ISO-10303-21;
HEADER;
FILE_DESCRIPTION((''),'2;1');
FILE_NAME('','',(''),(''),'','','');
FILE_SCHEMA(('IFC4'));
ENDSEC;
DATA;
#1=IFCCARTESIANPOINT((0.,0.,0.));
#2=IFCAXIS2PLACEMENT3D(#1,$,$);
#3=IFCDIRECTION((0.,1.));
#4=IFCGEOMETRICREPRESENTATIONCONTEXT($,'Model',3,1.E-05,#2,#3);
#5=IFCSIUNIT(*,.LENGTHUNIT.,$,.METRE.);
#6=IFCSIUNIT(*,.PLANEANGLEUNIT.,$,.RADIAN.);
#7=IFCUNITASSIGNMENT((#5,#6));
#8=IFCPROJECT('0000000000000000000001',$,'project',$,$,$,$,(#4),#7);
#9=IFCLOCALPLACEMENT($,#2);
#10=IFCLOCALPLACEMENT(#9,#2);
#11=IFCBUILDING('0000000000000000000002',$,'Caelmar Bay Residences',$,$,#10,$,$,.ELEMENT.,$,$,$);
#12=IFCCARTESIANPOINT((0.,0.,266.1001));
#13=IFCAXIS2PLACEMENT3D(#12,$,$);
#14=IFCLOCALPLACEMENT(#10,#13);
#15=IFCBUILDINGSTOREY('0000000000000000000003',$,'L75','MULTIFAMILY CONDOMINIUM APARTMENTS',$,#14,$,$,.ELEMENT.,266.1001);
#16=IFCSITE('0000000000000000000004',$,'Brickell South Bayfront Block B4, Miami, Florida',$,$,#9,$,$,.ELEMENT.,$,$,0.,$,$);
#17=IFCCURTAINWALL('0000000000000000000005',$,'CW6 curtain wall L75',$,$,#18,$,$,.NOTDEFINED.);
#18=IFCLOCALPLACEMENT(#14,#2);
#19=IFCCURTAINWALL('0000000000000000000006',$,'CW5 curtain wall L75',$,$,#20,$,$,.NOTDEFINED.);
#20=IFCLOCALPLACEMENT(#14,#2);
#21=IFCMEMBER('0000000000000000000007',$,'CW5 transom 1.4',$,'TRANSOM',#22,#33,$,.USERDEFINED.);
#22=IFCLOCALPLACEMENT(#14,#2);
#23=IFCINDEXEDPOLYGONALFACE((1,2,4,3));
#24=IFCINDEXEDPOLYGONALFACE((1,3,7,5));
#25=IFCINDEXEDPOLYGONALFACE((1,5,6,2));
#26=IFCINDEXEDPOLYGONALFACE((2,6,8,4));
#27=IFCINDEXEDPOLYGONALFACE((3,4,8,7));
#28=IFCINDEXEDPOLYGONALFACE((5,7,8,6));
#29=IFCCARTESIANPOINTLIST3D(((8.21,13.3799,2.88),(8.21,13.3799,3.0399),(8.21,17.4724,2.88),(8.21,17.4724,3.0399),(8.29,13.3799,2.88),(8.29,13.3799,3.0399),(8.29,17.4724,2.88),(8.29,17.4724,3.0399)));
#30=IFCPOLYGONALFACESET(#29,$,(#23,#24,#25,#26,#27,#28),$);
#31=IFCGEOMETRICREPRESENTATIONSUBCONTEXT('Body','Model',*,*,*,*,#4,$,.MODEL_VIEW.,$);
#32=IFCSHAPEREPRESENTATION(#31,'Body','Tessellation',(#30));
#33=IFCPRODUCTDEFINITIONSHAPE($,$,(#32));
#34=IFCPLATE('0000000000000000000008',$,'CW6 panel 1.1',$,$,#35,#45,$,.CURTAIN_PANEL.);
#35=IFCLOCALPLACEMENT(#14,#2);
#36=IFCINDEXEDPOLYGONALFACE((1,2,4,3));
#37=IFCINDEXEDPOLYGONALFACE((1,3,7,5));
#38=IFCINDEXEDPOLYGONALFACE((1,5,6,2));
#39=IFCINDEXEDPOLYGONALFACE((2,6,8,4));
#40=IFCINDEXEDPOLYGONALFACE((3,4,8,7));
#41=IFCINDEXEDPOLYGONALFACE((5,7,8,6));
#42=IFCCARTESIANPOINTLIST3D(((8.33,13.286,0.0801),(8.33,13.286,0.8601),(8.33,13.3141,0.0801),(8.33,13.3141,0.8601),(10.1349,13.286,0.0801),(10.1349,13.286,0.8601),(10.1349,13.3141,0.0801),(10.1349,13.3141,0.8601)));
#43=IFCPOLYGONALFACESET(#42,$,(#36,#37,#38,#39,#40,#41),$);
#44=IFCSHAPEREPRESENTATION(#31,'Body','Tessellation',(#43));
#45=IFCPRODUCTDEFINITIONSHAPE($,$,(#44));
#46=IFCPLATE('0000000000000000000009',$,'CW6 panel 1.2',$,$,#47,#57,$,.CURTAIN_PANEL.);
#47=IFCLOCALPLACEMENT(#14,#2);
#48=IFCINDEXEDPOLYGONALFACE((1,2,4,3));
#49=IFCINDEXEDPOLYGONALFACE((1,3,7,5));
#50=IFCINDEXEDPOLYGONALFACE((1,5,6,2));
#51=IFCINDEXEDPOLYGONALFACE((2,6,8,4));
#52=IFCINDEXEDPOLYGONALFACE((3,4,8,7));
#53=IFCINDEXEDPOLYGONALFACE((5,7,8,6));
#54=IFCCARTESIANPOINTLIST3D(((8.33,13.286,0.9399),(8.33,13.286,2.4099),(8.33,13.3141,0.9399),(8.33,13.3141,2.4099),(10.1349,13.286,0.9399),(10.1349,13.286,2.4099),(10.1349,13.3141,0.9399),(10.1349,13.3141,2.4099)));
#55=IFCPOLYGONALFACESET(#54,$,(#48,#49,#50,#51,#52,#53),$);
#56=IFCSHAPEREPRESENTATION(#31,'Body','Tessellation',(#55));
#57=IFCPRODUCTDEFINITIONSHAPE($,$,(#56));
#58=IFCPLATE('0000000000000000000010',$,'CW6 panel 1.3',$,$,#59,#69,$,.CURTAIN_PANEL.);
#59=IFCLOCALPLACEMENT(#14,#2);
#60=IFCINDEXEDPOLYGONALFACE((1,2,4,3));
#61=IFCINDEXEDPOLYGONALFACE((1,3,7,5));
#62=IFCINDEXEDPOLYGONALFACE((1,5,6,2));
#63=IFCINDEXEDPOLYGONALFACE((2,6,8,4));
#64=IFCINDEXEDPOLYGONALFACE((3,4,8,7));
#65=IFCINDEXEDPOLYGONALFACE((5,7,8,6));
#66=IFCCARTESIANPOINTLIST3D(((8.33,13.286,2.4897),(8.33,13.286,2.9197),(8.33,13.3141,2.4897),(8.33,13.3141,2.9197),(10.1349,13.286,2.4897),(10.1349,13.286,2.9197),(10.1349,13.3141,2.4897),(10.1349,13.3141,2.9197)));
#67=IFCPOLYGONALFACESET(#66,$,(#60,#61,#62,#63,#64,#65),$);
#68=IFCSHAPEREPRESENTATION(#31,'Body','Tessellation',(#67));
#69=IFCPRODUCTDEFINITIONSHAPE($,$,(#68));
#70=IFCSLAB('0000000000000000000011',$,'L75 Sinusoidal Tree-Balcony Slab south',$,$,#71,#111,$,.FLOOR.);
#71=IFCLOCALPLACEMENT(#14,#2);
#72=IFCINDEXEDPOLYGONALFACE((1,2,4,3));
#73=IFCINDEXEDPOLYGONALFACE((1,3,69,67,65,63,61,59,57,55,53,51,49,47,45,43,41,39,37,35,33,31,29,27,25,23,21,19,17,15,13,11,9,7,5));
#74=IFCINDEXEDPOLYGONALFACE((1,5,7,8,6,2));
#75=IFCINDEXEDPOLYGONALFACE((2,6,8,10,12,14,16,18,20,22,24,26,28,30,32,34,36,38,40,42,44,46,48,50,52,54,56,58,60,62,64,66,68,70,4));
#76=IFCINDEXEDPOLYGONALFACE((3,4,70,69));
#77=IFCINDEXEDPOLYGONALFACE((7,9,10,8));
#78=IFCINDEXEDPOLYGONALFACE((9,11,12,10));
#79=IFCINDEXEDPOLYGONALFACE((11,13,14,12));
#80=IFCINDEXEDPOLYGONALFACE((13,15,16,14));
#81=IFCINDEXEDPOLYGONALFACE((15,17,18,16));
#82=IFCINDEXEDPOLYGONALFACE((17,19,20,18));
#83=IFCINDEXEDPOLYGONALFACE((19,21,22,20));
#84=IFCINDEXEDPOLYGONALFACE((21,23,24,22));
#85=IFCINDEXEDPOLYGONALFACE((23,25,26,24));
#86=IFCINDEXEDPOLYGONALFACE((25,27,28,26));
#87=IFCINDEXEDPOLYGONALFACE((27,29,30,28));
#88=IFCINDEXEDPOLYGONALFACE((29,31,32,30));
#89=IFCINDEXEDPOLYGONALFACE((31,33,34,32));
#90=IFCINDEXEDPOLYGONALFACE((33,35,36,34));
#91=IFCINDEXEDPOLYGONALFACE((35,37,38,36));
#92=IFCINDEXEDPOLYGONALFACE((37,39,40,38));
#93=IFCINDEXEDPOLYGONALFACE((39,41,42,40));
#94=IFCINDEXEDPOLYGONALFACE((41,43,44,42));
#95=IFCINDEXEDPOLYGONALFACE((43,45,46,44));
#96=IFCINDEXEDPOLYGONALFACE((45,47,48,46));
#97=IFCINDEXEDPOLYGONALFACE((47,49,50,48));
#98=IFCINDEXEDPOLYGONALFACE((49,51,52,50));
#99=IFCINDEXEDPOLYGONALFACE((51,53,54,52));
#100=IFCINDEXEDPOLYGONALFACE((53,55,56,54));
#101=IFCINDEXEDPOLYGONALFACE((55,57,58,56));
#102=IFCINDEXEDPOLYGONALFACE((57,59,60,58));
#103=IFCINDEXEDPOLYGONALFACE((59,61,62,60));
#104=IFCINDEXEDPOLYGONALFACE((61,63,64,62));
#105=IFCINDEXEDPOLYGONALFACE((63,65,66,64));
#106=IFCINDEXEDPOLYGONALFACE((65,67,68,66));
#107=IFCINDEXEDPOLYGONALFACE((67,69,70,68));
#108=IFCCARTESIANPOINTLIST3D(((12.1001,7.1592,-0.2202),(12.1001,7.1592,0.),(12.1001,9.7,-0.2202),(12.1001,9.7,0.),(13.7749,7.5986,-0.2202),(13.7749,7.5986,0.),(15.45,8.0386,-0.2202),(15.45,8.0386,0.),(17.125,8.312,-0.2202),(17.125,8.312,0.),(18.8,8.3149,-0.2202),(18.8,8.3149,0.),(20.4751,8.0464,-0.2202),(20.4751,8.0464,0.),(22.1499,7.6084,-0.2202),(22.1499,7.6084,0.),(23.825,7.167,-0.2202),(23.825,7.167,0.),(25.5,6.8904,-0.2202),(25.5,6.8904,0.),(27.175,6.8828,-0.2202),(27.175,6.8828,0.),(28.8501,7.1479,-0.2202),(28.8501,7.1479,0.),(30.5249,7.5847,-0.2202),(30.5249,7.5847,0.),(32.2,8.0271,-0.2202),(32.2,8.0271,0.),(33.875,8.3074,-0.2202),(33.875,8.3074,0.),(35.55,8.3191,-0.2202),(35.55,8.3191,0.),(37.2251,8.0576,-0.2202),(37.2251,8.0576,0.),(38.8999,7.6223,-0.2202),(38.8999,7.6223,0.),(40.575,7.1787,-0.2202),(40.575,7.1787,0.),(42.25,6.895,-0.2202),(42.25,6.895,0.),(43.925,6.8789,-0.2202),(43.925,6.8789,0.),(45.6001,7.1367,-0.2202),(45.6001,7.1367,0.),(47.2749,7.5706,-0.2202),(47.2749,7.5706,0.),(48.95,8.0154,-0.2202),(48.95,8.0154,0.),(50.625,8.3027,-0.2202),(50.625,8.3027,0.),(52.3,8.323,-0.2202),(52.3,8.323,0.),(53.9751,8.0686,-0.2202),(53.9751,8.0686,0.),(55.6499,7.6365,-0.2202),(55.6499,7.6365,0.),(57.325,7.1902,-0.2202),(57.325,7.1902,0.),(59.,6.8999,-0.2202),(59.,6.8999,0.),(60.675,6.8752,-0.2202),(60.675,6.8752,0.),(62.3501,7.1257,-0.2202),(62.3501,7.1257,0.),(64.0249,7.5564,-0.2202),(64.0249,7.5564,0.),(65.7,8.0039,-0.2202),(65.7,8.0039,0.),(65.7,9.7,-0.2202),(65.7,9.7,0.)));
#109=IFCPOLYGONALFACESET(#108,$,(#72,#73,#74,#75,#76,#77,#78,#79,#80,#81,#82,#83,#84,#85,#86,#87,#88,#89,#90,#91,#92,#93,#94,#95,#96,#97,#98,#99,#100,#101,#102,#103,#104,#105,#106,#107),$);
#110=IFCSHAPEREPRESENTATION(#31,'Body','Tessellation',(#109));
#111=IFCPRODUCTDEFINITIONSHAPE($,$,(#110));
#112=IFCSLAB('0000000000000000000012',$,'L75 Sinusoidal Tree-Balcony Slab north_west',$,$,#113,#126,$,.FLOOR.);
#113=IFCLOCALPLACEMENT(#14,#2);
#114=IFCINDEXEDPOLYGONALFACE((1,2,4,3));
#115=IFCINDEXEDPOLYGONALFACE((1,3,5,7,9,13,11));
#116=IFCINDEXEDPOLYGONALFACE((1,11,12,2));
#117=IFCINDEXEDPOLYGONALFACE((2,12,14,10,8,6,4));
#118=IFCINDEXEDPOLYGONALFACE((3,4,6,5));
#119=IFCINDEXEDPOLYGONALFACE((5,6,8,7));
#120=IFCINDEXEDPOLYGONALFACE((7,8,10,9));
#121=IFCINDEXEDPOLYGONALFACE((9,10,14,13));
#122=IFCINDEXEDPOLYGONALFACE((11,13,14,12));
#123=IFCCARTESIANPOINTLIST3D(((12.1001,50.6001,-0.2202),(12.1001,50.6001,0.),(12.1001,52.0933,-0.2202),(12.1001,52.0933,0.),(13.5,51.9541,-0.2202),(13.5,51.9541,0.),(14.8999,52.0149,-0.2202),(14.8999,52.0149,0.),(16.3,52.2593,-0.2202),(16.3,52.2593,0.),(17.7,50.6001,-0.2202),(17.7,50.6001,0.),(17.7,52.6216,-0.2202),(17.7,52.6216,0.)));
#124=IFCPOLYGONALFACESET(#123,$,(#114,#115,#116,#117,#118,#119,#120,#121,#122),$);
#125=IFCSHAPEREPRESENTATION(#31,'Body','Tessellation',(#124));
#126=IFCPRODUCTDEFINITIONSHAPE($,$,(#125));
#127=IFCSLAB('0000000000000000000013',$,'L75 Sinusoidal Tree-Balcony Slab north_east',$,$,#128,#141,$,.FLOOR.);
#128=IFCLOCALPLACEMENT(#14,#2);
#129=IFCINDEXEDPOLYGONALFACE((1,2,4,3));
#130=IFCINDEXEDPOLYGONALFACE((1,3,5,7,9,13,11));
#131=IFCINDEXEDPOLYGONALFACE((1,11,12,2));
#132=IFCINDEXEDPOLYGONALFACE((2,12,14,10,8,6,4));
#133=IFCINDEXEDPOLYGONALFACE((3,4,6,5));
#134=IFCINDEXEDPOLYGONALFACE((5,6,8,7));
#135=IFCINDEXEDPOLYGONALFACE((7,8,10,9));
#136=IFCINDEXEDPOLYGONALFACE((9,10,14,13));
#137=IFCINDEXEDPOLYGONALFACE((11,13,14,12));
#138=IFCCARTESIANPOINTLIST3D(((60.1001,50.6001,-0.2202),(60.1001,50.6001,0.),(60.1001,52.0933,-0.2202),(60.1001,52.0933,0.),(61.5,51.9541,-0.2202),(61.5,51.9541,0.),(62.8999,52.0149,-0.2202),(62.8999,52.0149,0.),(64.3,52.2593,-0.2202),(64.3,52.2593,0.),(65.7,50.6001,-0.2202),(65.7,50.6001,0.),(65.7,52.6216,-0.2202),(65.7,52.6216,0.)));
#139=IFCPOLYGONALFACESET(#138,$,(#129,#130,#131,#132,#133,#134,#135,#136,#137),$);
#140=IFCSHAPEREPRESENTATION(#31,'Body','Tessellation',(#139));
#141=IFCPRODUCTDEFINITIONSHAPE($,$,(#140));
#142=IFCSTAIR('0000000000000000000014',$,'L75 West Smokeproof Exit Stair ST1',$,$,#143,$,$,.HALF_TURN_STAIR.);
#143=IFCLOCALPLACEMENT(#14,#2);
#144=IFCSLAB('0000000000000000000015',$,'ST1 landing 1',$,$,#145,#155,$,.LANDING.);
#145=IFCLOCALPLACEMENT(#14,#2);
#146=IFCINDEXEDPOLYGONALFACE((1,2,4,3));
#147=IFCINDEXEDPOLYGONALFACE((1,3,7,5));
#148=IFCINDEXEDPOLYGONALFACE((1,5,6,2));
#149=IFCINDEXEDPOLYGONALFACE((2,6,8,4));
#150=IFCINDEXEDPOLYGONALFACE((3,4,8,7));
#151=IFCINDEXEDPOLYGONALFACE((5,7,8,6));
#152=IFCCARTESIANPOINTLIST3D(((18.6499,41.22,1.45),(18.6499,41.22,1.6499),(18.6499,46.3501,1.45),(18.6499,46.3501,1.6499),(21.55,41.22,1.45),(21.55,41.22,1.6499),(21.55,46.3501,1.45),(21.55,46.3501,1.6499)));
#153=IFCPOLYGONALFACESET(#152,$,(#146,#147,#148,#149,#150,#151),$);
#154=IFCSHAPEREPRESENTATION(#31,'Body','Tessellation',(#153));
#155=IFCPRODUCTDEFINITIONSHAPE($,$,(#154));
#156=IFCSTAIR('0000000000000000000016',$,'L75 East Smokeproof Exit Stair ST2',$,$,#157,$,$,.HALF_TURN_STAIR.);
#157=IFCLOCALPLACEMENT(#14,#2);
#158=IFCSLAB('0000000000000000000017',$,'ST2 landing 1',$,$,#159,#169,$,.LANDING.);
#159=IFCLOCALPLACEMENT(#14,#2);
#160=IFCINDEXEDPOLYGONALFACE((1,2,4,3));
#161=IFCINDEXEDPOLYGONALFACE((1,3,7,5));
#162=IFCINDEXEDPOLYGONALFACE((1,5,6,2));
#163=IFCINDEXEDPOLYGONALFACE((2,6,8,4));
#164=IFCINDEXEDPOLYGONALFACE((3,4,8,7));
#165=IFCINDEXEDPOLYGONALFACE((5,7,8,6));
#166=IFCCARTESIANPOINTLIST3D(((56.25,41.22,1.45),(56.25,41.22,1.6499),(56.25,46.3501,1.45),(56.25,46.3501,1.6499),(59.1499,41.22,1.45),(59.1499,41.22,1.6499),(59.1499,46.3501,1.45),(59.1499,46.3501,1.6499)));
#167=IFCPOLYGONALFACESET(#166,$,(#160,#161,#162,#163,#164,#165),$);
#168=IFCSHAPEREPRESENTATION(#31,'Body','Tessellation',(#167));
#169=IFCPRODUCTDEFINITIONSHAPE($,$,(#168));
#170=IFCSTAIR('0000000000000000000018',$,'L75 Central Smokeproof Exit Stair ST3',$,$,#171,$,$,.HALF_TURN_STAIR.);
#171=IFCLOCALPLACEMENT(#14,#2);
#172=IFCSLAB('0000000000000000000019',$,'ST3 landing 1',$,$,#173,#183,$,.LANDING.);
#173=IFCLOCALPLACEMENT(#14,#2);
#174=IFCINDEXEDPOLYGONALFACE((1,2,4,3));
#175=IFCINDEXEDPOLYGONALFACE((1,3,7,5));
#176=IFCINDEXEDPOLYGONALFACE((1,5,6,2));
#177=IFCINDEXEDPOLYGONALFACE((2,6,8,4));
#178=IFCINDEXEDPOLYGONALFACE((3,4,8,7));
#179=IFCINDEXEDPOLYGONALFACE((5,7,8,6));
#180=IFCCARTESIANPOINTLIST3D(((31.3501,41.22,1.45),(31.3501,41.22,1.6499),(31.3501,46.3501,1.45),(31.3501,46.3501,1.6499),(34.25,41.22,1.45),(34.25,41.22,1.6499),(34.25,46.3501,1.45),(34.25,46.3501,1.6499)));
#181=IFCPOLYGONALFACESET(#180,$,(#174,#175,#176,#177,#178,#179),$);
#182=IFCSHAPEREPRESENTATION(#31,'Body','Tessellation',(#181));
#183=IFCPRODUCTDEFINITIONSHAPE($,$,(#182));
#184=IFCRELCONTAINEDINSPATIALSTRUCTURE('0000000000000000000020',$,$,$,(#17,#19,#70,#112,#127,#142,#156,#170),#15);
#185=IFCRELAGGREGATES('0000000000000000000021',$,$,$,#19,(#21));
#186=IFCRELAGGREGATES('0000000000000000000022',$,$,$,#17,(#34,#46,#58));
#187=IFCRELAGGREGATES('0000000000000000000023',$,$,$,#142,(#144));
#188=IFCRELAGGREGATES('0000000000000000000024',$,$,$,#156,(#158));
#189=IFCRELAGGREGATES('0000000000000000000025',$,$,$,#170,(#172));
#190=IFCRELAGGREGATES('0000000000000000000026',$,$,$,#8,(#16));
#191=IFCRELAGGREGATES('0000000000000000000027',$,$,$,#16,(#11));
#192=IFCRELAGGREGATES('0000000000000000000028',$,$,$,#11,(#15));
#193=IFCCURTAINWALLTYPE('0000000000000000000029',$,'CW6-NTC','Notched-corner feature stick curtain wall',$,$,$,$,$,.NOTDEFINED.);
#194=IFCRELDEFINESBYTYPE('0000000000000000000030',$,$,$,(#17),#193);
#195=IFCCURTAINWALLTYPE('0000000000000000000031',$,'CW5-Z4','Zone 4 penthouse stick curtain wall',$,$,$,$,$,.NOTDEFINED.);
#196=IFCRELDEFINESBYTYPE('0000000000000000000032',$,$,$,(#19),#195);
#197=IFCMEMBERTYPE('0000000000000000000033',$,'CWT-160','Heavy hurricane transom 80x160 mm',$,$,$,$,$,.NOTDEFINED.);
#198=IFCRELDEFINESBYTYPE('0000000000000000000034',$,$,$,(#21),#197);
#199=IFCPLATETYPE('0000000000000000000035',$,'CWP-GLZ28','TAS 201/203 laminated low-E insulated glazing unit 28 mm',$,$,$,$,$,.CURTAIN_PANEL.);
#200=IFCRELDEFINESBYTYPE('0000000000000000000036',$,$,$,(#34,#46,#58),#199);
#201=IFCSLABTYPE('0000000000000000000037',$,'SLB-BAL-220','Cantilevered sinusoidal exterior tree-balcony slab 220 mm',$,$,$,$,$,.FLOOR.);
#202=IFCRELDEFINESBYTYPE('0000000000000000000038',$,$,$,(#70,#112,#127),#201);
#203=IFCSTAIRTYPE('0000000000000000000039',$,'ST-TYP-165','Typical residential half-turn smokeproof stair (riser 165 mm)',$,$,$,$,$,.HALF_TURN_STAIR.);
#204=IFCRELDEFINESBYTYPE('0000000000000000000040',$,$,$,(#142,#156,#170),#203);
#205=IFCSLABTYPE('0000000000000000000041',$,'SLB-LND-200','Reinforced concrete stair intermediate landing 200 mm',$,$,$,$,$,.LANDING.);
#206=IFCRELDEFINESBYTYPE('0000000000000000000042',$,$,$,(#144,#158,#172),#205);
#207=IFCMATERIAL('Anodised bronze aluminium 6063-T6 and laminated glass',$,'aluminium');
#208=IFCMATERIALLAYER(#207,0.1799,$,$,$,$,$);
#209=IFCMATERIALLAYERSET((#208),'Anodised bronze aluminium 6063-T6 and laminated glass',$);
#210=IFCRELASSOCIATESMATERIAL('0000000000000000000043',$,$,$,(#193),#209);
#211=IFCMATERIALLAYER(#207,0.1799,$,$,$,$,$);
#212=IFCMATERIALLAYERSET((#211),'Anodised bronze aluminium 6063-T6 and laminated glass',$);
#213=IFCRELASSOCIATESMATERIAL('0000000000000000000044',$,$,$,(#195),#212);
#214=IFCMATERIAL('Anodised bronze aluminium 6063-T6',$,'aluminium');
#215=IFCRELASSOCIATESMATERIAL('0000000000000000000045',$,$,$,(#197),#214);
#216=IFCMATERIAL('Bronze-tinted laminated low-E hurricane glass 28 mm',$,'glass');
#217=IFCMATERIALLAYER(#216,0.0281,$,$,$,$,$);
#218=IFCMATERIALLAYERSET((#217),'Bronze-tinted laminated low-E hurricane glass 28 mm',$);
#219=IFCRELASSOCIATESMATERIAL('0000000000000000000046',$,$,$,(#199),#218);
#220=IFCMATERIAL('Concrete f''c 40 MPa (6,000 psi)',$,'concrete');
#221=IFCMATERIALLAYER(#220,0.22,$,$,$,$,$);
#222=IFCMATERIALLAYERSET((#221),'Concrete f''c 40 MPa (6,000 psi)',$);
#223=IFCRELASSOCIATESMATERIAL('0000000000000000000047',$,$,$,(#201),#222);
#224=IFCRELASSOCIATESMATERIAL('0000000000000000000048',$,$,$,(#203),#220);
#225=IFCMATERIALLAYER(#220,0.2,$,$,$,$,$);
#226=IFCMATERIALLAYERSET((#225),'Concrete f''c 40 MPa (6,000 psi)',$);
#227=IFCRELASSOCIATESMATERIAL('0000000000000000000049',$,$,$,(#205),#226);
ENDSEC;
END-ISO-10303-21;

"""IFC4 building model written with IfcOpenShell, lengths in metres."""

from ifc_helpers import new_model, si_unit, direction, frame, origin, origin_2d, place, context, subcontext, project, spatial, polyline, rectangle, outline, extrude, material, layer, layer_set, material_profile, profile_set, type_object, element, aggregate, save


model = new_model("IFC4")

# Units and contexts
model_context = context("Model", 3, precision=1e-05, world=origin(), true_north=direction((0.0, 1.0)))
body_context = subcontext(model_context, "Body", "Model", "MODEL_VIEW")
ifc_project = project(units=[si_unit("LENGTHUNIT", "METRE"), si_unit("PLANEANGLEUNIT", "RADIAN")], contexts=[model_context])

# Site, building, storey
site_placement = place(None, origin())
site = spatial("IfcSite", under=ifc_project, at=site_placement, Name="Brickell South Bayfront Block B4, Miami, Florida", CompositionType="ELEMENT", RefElevation=0.0)
building_placement = place(site_placement, origin())
building = spatial("IfcBuilding", under=site, at=building_placement, Name="Caelmar Bay Residences", CompositionType="ELEMENT")
storey_placement = place(building_placement, frame((0.0, 0.0, 266.1001)))
storey = spatial("IfcBuildingStorey", under=building, at=storey_placement, Name="L75", Description="MULTIFAMILY CONDOMINIUM APARTMENTS", CompositionType="ELEMENT", Elevation=266.1001)

# Curtain wall
ifc_material_1 = material(Name="Anodised bronze aluminium 6063-T6 and laminated glass", Category="aluminium")
ifc_layer_1 = layer(ifc_material_1, 0.1799)
ifc_layer_set_1 = layer_set([ifc_layer_1], Name="Anodised bronze aluminium 6063-T6 and laminated glass")
curtain_wall_type_1 = type_object("IfcCurtainWallType", Name="CW6-NTC", Description="Notched-corner feature stick curtain wall", PredefinedType="NOTDEFINED", material=ifc_layer_set_1)
curtain_wall_1_placement = place(storey_placement, origin())
curtain_wall_1 = element("IfcCurtainWall", 1, at=curtain_wall_1_placement, inside=storey, type_object=curtain_wall_type_1, Name="CW6 curtain wall L75", PredefinedType="NOTDEFINED")
ifc_material_2 = material(Name="Anodised bronze aluminium 6063-T6", Category="aluminium")

# Curtain wall
ifc_layer_2 = layer(ifc_material_1, 0.1799)
ifc_layer_set_2 = layer_set([ifc_layer_2], Name="Anodised bronze aluminium 6063-T6 and laminated glass")
curtain_wall_type_2 = type_object("IfcCurtainWallType", Name="CW5-Z4", Description="Zone 4 penthouse stick curtain wall", PredefinedType="NOTDEFINED", material=ifc_layer_set_2)
curtain_wall_2_placement = place(storey_placement, origin())
curtain_wall_2 = element("IfcCurtainWall", 2, at=curtain_wall_2_placement, inside=storey, type_object=curtain_wall_type_2, Name="CW5 curtain wall L75", PredefinedType="NOTDEFINED")

# Member
ifc_material_profile_1 = material_profile(ifc_material_2, rectangle(XDim=0.0801, YDim=0.1599, at=origin_2d()), Name="CWT-80X160")
ifc_profile_set_1 = profile_set([ifc_material_profile_1], Name="Anodised bronze aluminium 6063-T6")
member_type_1 = type_object("IfcMemberType", Name="CWT-160", Description="Heavy hurricane transom 80x160 mm", PredefinedType="NOTDEFINED", material=ifc_profile_set_1)
member_1_placement = place(storey_placement, frame((8.25, 13.3799, 2.96), z_axis=(0.0, 1.0, 0.0), x_axis=(-1.0, 0.0, 0.0)))
member_1 = element("IfcMember", 3, at=member_1_placement, type_object=member_type_1, Name="CW5 transom 1.4", ObjectType="TRANSOM", PredefinedType="USERDEFINED", context=body_context, shape_type="SweptSolid", body=[
    extrude(rectangle(XDim=0.0801, YDim=0.1599, at=origin_2d()), origin(), (0.0, 0.0, 1.0), 4.0925),
])
aggregate(curtain_wall_2, [member_1])

# Plates
ifc_material_3 = material(Name="Bronze-tinted laminated low-E hurricane glass 28 mm", Category="glass")
ifc_layer_3 = layer(ifc_material_3, 0.0281)
ifc_layer_set_3 = layer_set([ifc_layer_3], Name="Bronze-tinted laminated low-E hurricane glass 28 mm")
plate_type = type_object("IfcPlateType", Name="CWP-GLZ28", Description="TAS 201/203 laminated low-E insulated glazing unit 28 mm", PredefinedType="CURTAIN_PANEL", material=ifc_layer_set_3)
plate_1_placement = place(storey_placement, frame((9.2324, 13.3, 0.0801), z_axis=(0.0, 0.0, 1.0), x_axis=(1.0, 0.0, 0.0)))
plate_1 = element("IfcPlate", 4, at=plate_1_placement, type_object=plate_type, Name="CW6 panel 1.1", PredefinedType="CURTAIN_PANEL", context=body_context, shape_type="SweptSolid", body=[
    extrude(rectangle(XDim=1.8049, YDim=0.0281, at=origin_2d()), origin(), (0.0, 0.0, 1.0), 0.78),
])
plate_2_placement = place(storey_placement, frame((9.2324, 13.3, 0.9399), z_axis=(0.0, 0.0, 1.0), x_axis=(1.0, 0.0, 0.0)))
plate_2 = element("IfcPlate", 5, at=plate_2_placement, type_object=plate_type, Name="CW6 panel 1.2", PredefinedType="CURTAIN_PANEL", context=body_context, shape_type="SweptSolid", body=[
    extrude(rectangle(XDim=1.8049, YDim=0.0281, at=origin_2d()), origin(), (0.0, 0.0, 1.0), 1.47),
])
plate_3_placement = place(storey_placement, frame((9.2324, 13.3, 2.4897), z_axis=(0.0, 0.0, 1.0), x_axis=(1.0, 0.0, 0.0)))
plate_3 = element("IfcPlate", 6, at=plate_3_placement, type_object=plate_type, Name="CW6 panel 1.3", PredefinedType="CURTAIN_PANEL", context=body_context, shape_type="SweptSolid", body=[
    extrude(rectangle(XDim=1.8049, YDim=0.0281, at=origin_2d()), origin(), (0.0, 0.0, 1.0), 0.4299),
])
aggregate(curtain_wall_1, [plate_1, plate_2, plate_3])

# Slabs
ifc_material_4 = material(Name="Concrete f'c 40 MPa (6,000 psi)", Category="concrete")
ifc_layer_4 = layer(ifc_material_4, 0.22)
ifc_layer_set_4 = layer_set([ifc_layer_4], Name="Concrete f'c 40 MPa (6,000 psi)")
slab_type_1 = type_object("IfcSlabType", Name="SLB-BAL-220", Description="Cantilevered sinusoidal exterior tree-balcony slab 220 mm", PredefinedType="FLOOR", material=ifc_layer_set_4)
slab_1_placement = place(storey_placement, frame((0.0, 0.0, -0.2202)))
element("IfcSlab", 7, at=slab_1_placement, inside=storey, type_object=slab_type_1, Name="L75 Sinusoidal Tree-Balcony Slab south", PredefinedType="FLOOR", context=body_context, shape_type="SweptSolid", body=[
    extrude(outline(polyline([(12.1001, 7.1592), (13.7749, 7.5986), (15.45, 8.0386), (17.125, 8.312), (18.8, 8.3149), (20.4751, 8.0464), (22.1499, 7.6084), (23.825, 7.167), (25.5, 6.8904), (27.175, 6.8828), (28.8501, 7.1479), (30.5249, 7.5847), (32.2, 8.0271), (33.875, 8.3074), (35.55, 8.3191), (37.2251, 8.0576), (38.8999, 7.6223), (40.575, 7.1787), (42.25, 6.895), (43.925, 6.8789), (45.6001, 7.1367), (47.2749, 7.5706), (48.95, 8.0154), (50.625, 8.3027), (52.3, 8.323), (53.9751, 8.0686), (55.6499, 7.6365), (57.325, 7.1902), (59.0, 6.8999), (60.675, 6.8752), (62.3501, 7.1257), (64.0249, 7.5564), (65.7, 8.0039), (65.7, 9.7), (12.1001, 9.7), (12.1001, 7.1592)])), origin(), (0.0, 0.0, 1.0), 0.2202),
])
slab_2_placement = place(storey_placement, frame((0.0, 0.0, -0.2202)))
element("IfcSlab", 8, at=slab_2_placement, inside=storey, type_object=slab_type_1, Name="L75 Sinusoidal Tree-Balcony Slab north_west", PredefinedType="FLOOR", context=body_context, shape_type="SweptSolid", body=[
    extrude(outline(polyline([(12.1001, 50.6001), (17.7, 50.6001), (17.7, 52.6216), (16.3, 52.2593), (14.8999, 52.0149), (13.5, 51.9541), (12.1001, 52.0933), (12.1001, 50.6001)])), origin(), (0.0, 0.0, 1.0), 0.2202),
])
slab_3_placement = place(storey_placement, frame((0.0, 0.0, -0.2202)))
element("IfcSlab", 9, at=slab_3_placement, inside=storey, type_object=slab_type_1, Name="L75 Sinusoidal Tree-Balcony Slab north_east", PredefinedType="FLOOR", context=body_context, shape_type="SweptSolid", body=[
    extrude(outline(polyline([(60.1001, 50.6001), (65.7, 50.6001), (65.7, 52.6216), (64.3, 52.2593), (62.8999, 52.0149), (61.5, 51.9541), (60.1001, 52.0933), (60.1001, 50.6001)])), origin(), (0.0, 0.0, 1.0), 0.2202),
])

# Stairs, slabs
stair_type = type_object("IfcStairType", Name="ST-TYP-165", Description="Typical residential half-turn smokeproof stair (riser 165 mm)", PredefinedType="HALF_TURN_STAIR", material=ifc_material_4)
stair_1_placement = place(storey_placement, origin())
stair_1 = element("IfcStair", 10, at=stair_1_placement, inside=storey, type_object=stair_type, Name="L75 West Smokeproof Exit Stair ST1", PredefinedType="HALF_TURN_STAIR")
ifc_layer_5 = layer(ifc_material_4, 0.2)
ifc_layer_set_5 = layer_set([ifc_layer_5], Name="Concrete f'c 40 MPa (6,000 psi)")
slab_type_2 = type_object("IfcSlabType", Name="SLB-LND-200", Description="Reinforced concrete stair intermediate landing 200 mm", PredefinedType="LANDING", material=ifc_layer_set_5)
slab_4_placement = place(storey_placement, frame((0.0, 0.0, 1.45)))
slab_4 = element("IfcSlab", 11, at=slab_4_placement, type_object=slab_type_2, Name="ST1 landing 1", PredefinedType="LANDING", context=body_context, shape_type="SweptSolid", body=[
    extrude(outline(polyline([(21.55, 41.22), (21.55, 46.3501), (18.6499, 46.3501), (18.6499, 41.22), (21.55, 41.22)])), origin(), (0.0, 0.0, 1.0), 0.2),
])
aggregate(stair_1, [slab_4])
stair_2_placement = place(storey_placement, origin())
stair_2 = element("IfcStair", 12, at=stair_2_placement, inside=storey, type_object=stair_type, Name="L75 East Smokeproof Exit Stair ST2", PredefinedType="HALF_TURN_STAIR")
slab_5_placement = place(storey_placement, frame((0.0, 0.0, 1.45)))
slab_5 = element("IfcSlab", 13, at=slab_5_placement, type_object=slab_type_2, Name="ST2 landing 1", PredefinedType="LANDING", context=body_context, shape_type="SweptSolid", body=[
    extrude(outline(polyline([(59.1499, 41.22), (59.1499, 46.3501), (56.25, 46.3501), (56.25, 41.22), (59.1499, 41.22)])), origin(), (0.0, 0.0, 1.0), 0.2),
])
aggregate(stair_2, [slab_5])
stair_3_placement = place(storey_placement, origin())
stair_3 = element("IfcStair", 14, at=stair_3_placement, inside=storey, type_object=stair_type, Name="L75 Central Smokeproof Exit Stair ST3", PredefinedType="HALF_TURN_STAIR")
slab_6_placement = place(storey_placement, frame((0.0, 0.0, 1.45)))
slab_6 = element("IfcSlab", 15, at=slab_6_placement, type_object=slab_type_2, Name="ST3 landing 1", PredefinedType="LANDING", context=body_context, shape_type="SweptSolid", body=[
    extrude(outline(polyline([(34.25, 41.22), (34.25, 46.3501), (31.3501, 46.3501), (31.3501, 41.22), (34.25, 41.22)])), origin(), (0.0, 0.0, 1.0), 0.2),
])
aggregate(stair_3, [slab_6])

save(model, "model.ifc")
